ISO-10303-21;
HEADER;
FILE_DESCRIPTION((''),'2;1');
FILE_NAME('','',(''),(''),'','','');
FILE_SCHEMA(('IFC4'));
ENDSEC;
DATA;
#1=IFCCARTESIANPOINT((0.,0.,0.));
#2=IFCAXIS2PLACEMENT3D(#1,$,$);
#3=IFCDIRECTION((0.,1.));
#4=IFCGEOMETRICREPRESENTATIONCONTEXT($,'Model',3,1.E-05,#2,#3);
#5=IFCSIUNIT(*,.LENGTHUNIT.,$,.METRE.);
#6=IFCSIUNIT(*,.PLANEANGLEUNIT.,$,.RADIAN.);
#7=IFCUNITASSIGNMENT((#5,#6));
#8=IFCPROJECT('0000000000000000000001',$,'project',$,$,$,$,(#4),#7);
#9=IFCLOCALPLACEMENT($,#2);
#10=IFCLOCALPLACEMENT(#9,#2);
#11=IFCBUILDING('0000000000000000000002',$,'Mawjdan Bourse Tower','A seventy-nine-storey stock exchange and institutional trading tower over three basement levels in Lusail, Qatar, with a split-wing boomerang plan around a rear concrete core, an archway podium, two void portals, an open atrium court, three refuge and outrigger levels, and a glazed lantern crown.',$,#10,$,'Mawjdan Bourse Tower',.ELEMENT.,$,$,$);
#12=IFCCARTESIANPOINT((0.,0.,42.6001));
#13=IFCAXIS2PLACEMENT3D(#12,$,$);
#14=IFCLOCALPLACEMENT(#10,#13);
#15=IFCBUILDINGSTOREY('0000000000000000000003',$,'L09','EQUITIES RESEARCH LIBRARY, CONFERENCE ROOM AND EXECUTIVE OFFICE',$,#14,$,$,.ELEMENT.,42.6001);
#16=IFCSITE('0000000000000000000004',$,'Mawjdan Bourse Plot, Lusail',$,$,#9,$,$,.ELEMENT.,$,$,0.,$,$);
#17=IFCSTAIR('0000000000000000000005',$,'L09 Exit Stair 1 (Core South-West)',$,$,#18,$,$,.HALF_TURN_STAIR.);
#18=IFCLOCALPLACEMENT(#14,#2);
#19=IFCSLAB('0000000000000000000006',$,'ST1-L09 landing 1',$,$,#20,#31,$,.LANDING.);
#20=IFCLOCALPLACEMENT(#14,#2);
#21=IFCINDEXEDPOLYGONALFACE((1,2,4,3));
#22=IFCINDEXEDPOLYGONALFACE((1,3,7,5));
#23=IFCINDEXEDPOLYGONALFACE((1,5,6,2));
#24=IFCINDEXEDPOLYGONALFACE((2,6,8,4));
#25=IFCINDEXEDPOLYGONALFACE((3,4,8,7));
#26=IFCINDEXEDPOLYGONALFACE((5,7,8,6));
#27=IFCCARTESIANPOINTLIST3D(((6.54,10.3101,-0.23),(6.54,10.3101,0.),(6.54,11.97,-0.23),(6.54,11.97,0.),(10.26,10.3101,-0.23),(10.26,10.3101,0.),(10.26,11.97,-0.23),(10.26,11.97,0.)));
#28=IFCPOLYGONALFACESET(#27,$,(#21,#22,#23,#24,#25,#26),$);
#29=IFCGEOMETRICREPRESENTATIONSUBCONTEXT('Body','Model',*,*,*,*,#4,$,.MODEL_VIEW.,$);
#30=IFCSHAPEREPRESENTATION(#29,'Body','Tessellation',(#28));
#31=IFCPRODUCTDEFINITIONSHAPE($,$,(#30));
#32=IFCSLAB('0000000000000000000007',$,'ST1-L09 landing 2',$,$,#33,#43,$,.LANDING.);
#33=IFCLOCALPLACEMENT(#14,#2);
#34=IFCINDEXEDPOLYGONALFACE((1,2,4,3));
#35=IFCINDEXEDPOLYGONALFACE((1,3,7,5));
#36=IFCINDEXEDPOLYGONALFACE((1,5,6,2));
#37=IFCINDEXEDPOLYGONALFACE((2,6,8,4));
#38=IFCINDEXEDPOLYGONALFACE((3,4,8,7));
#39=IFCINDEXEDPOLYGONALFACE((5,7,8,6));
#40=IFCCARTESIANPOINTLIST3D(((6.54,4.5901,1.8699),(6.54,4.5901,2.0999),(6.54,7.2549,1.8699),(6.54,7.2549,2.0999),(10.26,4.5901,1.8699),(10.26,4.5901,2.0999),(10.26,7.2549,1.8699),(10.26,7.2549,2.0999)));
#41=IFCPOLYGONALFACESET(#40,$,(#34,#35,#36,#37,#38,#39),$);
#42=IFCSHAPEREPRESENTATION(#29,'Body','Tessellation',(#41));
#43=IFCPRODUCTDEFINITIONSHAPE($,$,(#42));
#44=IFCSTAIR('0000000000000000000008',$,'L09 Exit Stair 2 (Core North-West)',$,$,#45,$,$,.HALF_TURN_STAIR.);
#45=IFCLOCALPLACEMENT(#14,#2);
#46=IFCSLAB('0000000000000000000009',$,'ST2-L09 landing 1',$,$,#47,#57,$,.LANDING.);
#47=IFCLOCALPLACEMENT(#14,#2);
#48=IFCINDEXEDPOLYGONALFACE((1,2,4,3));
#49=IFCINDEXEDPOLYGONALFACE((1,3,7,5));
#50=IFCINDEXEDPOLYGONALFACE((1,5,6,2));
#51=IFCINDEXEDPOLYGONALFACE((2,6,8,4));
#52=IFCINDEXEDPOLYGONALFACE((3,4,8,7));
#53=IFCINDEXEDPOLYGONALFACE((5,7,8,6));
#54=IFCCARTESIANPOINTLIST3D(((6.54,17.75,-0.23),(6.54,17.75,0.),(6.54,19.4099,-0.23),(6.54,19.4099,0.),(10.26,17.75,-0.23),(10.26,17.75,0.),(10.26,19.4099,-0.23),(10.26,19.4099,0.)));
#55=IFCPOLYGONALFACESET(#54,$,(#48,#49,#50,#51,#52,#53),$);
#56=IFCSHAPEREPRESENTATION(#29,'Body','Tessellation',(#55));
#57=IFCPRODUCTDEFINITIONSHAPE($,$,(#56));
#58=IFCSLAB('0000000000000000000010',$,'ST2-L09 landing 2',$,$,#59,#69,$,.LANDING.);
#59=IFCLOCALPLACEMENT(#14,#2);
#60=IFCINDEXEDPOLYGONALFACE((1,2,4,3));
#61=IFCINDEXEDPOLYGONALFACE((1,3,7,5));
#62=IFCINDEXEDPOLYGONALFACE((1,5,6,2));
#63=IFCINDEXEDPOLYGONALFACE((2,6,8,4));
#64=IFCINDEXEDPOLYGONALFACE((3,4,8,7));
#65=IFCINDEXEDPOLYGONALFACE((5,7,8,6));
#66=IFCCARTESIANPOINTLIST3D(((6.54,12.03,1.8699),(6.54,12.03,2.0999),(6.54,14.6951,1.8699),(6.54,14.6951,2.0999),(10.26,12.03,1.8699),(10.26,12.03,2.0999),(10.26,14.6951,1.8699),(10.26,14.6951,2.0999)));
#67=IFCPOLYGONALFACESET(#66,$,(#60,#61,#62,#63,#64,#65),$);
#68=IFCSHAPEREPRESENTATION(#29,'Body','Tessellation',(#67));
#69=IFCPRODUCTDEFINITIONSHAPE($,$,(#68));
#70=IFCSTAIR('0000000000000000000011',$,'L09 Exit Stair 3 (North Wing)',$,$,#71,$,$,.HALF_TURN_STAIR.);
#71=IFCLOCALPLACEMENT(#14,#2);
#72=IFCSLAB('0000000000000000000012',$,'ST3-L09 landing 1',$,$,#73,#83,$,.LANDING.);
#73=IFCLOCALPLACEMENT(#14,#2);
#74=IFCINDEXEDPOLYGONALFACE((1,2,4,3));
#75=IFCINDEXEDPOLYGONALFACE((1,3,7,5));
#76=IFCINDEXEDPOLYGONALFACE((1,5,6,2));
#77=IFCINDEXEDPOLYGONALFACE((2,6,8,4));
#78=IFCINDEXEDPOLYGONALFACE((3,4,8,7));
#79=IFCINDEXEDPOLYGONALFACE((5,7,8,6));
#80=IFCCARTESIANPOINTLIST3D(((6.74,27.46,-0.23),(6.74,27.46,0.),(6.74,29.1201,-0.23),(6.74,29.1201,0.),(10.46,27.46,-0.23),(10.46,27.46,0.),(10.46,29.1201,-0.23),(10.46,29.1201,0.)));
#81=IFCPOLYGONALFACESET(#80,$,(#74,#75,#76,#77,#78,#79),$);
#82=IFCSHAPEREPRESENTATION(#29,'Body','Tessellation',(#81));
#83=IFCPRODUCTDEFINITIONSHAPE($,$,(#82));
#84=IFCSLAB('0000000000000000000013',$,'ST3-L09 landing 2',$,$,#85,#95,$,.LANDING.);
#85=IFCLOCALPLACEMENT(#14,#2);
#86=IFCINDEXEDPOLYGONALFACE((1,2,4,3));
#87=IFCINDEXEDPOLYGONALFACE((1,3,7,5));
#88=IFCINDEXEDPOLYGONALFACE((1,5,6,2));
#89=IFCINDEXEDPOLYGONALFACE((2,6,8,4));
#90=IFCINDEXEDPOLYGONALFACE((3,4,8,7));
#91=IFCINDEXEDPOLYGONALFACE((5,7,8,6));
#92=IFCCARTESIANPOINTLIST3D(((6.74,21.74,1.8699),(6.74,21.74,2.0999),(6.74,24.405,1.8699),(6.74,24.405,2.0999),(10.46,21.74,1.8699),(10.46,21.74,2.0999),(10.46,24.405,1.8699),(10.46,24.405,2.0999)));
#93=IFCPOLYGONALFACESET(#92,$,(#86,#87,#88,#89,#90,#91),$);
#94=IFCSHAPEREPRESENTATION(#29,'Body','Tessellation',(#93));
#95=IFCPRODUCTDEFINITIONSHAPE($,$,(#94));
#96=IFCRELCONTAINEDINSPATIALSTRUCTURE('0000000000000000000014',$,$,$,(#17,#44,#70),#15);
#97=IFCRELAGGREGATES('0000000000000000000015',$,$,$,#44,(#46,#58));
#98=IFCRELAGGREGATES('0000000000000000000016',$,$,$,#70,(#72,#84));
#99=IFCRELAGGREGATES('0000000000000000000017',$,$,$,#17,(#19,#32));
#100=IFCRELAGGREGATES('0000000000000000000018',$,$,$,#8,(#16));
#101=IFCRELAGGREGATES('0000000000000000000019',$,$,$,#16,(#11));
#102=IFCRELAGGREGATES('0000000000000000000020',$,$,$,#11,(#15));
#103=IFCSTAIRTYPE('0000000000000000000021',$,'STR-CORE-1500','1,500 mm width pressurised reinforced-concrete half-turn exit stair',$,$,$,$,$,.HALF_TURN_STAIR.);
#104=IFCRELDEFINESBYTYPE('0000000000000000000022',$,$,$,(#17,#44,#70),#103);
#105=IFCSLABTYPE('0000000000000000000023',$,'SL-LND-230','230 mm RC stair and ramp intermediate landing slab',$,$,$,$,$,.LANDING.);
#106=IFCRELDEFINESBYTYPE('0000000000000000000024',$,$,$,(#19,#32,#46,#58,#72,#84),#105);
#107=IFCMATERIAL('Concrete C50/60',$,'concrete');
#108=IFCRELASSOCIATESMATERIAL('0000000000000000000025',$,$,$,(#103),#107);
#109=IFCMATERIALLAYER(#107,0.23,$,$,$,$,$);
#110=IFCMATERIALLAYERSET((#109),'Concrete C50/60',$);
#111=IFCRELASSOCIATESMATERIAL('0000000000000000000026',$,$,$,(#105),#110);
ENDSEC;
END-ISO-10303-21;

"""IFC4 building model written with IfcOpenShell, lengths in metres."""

from ifc_helpers import new_model, si_unit, direction, frame, origin, place, context, subcontext, project, spatial, polyline, outline, extrude, material, layer, layer_set, type_object, element, aggregate, save


model = new_model("IFC4")

# Units and contexts
model_context = context("Model", 3, precision=1e-05, world=origin(), true_north=direction((0.0, 1.0)))
body_context = subcontext(model_context, "Body", "Model", "MODEL_VIEW")
ifc_project = project(units=[si_unit("LENGTHUNIT", "METRE"), si_unit("PLANEANGLEUNIT", "RADIAN")], contexts=[model_context])

# Site, building, storey
site_placement = place(None, origin())
site = spatial("IfcSite", under=ifc_project, at=site_placement, Name="Mawjdan Bourse Plot, Lusail", CompositionType="ELEMENT", RefElevation=0.0)
building_placement = place(site_placement, origin())
building = spatial("IfcBuilding", under=site, at=building_placement, Name="Mawjdan Bourse Tower", Description="A seventy-nine-storey stock exchange and institutional trading tower over three basement levels in Lusail, Qatar, with a split-wing boomerang plan around a rear concrete core, an archway podium, two void portals, an open atrium court, three refuge and outrigger levels, and a glazed lantern crown.", LongName="Mawjdan Bourse Tower", CompositionType="ELEMENT")
storey_placement = place(building_placement, frame((0.0, 0.0, 42.6001)))
storey = spatial("IfcBuildingStorey", under=building, at=storey_placement, Name="L09", Description="EQUITIES RESEARCH LIBRARY, CONFERENCE ROOM AND EXECUTIVE OFFICE", CompositionType="ELEMENT", Elevation=42.6001)

# Stairs, slabs
ifc_material_1 = material(Name="Concrete C50/60", Category="concrete")
stair_type = type_object("IfcStairType", Name="STR-CORE-1500", Description="1,500 mm width pressurised reinforced-concrete half-turn exit stair", PredefinedType="HALF_TURN_STAIR", material=ifc_material_1)
stair_1_placement = place(storey_placement, origin())
stair_1 = element("IfcStair", 1, at=stair_1_placement, inside=storey, type_object=stair_type, Name="L09 Exit Stair 1 (Core South-West)", PredefinedType="HALF_TURN_STAIR")
ifc_layer_1 = layer(ifc_material_1, 0.23)
ifc_layer_set_1 = layer_set([ifc_layer_1], Name="Concrete C50/60")
slab_type_1 = type_object("IfcSlabType", Name="SL-LND-230", Description="230 mm RC stair and ramp intermediate landing slab", PredefinedType="LANDING", material=ifc_layer_set_1)
slab_1_placement = place(storey_placement, frame((0.0, 0.0, -0.23)))
slab_1 = element("IfcSlab", 2, at=slab_1_placement, type_object=slab_type_1, Name="ST1-L09 landing 1", PredefinedType="LANDING", context=body_context, shape_type="SweptSolid", body=[
    extrude(outline(polyline([(6.54, 10.3101), (10.26, 10.3101), (10.26, 11.97), (6.54, 11.97), (6.54, 10.3101)])), origin(), (0.0, 0.0, 1.0), 0.23),
])
slab_2_placement = place(storey_placement, frame((0.0, 0.0, 1.8699)))
slab_2 = element("IfcSlab", 3, at=slab_2_placement, type_object=slab_type_1, Name="ST1-L09 landing 2", PredefinedType="LANDING", context=body_context, shape_type="SweptSolid", body=[
    extrude(outline(polyline([(6.54, 4.5901), (10.26, 4.5901), (10.26, 7.2549), (6.54, 7.2549), (6.54, 4.5901)])), origin(), (0.0, 0.0, 1.0), 0.23),
])
stair_2_placement = place(storey_placement, origin())
stair_2 = element("IfcStair", 4, at=stair_2_placement, inside=storey, type_object=stair_type, Name="L09 Exit Stair 2 (Core North-West)", PredefinedType="HALF_TURN_STAIR")
slab_3_placement = place(storey_placement, frame((0.0, 0.0, -0.23)))
slab_3 = element("IfcSlab", 5, at=slab_3_placement, type_object=slab_type_1, Name="ST2-L09 landing 1", PredefinedType="LANDING", context=body_context, shape_type="SweptSolid", body=[
    extrude(outline(polyline([(6.54, 17.75), (10.26, 17.75), (10.26, 19.4099), (6.54, 19.4099), (6.54, 17.75)])), origin(), (0.0, 0.0, 1.0), 0.23),
])
slab_4_placement = place(storey_placement, frame((0.0, 0.0, 1.8699)))
slab_4 = element("IfcSlab", 6, at=slab_4_placement, type_object=slab_type_1, Name="ST2-L09 landing 2", PredefinedType="LANDING", context=body_context, shape_type="SweptSolid", body=[
    extrude(outline(polyline([(6.54, 12.03), (10.26, 12.03), (10.26, 14.6951), (6.54, 14.6951), (6.54, 12.03)])), origin(), (0.0, 0.0, 1.0), 0.23),
])
aggregate(stair_2, [slab_3, slab_4])
stair_3_placement = place(storey_placement, origin())
stair_3 = element("IfcStair", 7, at=stair_3_placement, inside=storey, type_object=stair_type, Name="L09 Exit Stair 3 (North Wing)", PredefinedType="HALF_TURN_STAIR")
slab_5_placement = place(storey_placement, frame((0.0, 0.0, -0.23)))
slab_5 = element("IfcSlab", 8, at=slab_5_placement, type_object=slab_type_1, Name="ST3-L09 landing 1", PredefinedType="LANDING", context=body_context, shape_type="SweptSolid", body=[
    extrude(outline(polyline([(6.74, 27.46), (10.46, 27.46), (10.46, 29.1201), (6.74, 29.1201), (6.74, 27.46)])), origin(), (0.0, 0.0, 1.0), 0.23),
])
slab_6_placement = place(storey_placement, frame((0.0, 0.0, 1.8699)))
slab_6 = element("IfcSlab", 9, at=slab_6_placement, type_object=slab_type_1, Name="ST3-L09 landing 2", PredefinedType="LANDING", context=body_context, shape_type="SweptSolid", body=[
    extrude(outline(polyline([(6.74, 21.74), (10.46, 21.74), (10.46, 24.405), (6.74, 24.405), (6.74, 21.74)])), origin(), (0.0, 0.0, 1.0), 0.23),
])
aggregate(stair_3, [slab_5, slab_6])

aggregate(stair_1, [slab_1, slab_2])

save(model, "model.ifc")
